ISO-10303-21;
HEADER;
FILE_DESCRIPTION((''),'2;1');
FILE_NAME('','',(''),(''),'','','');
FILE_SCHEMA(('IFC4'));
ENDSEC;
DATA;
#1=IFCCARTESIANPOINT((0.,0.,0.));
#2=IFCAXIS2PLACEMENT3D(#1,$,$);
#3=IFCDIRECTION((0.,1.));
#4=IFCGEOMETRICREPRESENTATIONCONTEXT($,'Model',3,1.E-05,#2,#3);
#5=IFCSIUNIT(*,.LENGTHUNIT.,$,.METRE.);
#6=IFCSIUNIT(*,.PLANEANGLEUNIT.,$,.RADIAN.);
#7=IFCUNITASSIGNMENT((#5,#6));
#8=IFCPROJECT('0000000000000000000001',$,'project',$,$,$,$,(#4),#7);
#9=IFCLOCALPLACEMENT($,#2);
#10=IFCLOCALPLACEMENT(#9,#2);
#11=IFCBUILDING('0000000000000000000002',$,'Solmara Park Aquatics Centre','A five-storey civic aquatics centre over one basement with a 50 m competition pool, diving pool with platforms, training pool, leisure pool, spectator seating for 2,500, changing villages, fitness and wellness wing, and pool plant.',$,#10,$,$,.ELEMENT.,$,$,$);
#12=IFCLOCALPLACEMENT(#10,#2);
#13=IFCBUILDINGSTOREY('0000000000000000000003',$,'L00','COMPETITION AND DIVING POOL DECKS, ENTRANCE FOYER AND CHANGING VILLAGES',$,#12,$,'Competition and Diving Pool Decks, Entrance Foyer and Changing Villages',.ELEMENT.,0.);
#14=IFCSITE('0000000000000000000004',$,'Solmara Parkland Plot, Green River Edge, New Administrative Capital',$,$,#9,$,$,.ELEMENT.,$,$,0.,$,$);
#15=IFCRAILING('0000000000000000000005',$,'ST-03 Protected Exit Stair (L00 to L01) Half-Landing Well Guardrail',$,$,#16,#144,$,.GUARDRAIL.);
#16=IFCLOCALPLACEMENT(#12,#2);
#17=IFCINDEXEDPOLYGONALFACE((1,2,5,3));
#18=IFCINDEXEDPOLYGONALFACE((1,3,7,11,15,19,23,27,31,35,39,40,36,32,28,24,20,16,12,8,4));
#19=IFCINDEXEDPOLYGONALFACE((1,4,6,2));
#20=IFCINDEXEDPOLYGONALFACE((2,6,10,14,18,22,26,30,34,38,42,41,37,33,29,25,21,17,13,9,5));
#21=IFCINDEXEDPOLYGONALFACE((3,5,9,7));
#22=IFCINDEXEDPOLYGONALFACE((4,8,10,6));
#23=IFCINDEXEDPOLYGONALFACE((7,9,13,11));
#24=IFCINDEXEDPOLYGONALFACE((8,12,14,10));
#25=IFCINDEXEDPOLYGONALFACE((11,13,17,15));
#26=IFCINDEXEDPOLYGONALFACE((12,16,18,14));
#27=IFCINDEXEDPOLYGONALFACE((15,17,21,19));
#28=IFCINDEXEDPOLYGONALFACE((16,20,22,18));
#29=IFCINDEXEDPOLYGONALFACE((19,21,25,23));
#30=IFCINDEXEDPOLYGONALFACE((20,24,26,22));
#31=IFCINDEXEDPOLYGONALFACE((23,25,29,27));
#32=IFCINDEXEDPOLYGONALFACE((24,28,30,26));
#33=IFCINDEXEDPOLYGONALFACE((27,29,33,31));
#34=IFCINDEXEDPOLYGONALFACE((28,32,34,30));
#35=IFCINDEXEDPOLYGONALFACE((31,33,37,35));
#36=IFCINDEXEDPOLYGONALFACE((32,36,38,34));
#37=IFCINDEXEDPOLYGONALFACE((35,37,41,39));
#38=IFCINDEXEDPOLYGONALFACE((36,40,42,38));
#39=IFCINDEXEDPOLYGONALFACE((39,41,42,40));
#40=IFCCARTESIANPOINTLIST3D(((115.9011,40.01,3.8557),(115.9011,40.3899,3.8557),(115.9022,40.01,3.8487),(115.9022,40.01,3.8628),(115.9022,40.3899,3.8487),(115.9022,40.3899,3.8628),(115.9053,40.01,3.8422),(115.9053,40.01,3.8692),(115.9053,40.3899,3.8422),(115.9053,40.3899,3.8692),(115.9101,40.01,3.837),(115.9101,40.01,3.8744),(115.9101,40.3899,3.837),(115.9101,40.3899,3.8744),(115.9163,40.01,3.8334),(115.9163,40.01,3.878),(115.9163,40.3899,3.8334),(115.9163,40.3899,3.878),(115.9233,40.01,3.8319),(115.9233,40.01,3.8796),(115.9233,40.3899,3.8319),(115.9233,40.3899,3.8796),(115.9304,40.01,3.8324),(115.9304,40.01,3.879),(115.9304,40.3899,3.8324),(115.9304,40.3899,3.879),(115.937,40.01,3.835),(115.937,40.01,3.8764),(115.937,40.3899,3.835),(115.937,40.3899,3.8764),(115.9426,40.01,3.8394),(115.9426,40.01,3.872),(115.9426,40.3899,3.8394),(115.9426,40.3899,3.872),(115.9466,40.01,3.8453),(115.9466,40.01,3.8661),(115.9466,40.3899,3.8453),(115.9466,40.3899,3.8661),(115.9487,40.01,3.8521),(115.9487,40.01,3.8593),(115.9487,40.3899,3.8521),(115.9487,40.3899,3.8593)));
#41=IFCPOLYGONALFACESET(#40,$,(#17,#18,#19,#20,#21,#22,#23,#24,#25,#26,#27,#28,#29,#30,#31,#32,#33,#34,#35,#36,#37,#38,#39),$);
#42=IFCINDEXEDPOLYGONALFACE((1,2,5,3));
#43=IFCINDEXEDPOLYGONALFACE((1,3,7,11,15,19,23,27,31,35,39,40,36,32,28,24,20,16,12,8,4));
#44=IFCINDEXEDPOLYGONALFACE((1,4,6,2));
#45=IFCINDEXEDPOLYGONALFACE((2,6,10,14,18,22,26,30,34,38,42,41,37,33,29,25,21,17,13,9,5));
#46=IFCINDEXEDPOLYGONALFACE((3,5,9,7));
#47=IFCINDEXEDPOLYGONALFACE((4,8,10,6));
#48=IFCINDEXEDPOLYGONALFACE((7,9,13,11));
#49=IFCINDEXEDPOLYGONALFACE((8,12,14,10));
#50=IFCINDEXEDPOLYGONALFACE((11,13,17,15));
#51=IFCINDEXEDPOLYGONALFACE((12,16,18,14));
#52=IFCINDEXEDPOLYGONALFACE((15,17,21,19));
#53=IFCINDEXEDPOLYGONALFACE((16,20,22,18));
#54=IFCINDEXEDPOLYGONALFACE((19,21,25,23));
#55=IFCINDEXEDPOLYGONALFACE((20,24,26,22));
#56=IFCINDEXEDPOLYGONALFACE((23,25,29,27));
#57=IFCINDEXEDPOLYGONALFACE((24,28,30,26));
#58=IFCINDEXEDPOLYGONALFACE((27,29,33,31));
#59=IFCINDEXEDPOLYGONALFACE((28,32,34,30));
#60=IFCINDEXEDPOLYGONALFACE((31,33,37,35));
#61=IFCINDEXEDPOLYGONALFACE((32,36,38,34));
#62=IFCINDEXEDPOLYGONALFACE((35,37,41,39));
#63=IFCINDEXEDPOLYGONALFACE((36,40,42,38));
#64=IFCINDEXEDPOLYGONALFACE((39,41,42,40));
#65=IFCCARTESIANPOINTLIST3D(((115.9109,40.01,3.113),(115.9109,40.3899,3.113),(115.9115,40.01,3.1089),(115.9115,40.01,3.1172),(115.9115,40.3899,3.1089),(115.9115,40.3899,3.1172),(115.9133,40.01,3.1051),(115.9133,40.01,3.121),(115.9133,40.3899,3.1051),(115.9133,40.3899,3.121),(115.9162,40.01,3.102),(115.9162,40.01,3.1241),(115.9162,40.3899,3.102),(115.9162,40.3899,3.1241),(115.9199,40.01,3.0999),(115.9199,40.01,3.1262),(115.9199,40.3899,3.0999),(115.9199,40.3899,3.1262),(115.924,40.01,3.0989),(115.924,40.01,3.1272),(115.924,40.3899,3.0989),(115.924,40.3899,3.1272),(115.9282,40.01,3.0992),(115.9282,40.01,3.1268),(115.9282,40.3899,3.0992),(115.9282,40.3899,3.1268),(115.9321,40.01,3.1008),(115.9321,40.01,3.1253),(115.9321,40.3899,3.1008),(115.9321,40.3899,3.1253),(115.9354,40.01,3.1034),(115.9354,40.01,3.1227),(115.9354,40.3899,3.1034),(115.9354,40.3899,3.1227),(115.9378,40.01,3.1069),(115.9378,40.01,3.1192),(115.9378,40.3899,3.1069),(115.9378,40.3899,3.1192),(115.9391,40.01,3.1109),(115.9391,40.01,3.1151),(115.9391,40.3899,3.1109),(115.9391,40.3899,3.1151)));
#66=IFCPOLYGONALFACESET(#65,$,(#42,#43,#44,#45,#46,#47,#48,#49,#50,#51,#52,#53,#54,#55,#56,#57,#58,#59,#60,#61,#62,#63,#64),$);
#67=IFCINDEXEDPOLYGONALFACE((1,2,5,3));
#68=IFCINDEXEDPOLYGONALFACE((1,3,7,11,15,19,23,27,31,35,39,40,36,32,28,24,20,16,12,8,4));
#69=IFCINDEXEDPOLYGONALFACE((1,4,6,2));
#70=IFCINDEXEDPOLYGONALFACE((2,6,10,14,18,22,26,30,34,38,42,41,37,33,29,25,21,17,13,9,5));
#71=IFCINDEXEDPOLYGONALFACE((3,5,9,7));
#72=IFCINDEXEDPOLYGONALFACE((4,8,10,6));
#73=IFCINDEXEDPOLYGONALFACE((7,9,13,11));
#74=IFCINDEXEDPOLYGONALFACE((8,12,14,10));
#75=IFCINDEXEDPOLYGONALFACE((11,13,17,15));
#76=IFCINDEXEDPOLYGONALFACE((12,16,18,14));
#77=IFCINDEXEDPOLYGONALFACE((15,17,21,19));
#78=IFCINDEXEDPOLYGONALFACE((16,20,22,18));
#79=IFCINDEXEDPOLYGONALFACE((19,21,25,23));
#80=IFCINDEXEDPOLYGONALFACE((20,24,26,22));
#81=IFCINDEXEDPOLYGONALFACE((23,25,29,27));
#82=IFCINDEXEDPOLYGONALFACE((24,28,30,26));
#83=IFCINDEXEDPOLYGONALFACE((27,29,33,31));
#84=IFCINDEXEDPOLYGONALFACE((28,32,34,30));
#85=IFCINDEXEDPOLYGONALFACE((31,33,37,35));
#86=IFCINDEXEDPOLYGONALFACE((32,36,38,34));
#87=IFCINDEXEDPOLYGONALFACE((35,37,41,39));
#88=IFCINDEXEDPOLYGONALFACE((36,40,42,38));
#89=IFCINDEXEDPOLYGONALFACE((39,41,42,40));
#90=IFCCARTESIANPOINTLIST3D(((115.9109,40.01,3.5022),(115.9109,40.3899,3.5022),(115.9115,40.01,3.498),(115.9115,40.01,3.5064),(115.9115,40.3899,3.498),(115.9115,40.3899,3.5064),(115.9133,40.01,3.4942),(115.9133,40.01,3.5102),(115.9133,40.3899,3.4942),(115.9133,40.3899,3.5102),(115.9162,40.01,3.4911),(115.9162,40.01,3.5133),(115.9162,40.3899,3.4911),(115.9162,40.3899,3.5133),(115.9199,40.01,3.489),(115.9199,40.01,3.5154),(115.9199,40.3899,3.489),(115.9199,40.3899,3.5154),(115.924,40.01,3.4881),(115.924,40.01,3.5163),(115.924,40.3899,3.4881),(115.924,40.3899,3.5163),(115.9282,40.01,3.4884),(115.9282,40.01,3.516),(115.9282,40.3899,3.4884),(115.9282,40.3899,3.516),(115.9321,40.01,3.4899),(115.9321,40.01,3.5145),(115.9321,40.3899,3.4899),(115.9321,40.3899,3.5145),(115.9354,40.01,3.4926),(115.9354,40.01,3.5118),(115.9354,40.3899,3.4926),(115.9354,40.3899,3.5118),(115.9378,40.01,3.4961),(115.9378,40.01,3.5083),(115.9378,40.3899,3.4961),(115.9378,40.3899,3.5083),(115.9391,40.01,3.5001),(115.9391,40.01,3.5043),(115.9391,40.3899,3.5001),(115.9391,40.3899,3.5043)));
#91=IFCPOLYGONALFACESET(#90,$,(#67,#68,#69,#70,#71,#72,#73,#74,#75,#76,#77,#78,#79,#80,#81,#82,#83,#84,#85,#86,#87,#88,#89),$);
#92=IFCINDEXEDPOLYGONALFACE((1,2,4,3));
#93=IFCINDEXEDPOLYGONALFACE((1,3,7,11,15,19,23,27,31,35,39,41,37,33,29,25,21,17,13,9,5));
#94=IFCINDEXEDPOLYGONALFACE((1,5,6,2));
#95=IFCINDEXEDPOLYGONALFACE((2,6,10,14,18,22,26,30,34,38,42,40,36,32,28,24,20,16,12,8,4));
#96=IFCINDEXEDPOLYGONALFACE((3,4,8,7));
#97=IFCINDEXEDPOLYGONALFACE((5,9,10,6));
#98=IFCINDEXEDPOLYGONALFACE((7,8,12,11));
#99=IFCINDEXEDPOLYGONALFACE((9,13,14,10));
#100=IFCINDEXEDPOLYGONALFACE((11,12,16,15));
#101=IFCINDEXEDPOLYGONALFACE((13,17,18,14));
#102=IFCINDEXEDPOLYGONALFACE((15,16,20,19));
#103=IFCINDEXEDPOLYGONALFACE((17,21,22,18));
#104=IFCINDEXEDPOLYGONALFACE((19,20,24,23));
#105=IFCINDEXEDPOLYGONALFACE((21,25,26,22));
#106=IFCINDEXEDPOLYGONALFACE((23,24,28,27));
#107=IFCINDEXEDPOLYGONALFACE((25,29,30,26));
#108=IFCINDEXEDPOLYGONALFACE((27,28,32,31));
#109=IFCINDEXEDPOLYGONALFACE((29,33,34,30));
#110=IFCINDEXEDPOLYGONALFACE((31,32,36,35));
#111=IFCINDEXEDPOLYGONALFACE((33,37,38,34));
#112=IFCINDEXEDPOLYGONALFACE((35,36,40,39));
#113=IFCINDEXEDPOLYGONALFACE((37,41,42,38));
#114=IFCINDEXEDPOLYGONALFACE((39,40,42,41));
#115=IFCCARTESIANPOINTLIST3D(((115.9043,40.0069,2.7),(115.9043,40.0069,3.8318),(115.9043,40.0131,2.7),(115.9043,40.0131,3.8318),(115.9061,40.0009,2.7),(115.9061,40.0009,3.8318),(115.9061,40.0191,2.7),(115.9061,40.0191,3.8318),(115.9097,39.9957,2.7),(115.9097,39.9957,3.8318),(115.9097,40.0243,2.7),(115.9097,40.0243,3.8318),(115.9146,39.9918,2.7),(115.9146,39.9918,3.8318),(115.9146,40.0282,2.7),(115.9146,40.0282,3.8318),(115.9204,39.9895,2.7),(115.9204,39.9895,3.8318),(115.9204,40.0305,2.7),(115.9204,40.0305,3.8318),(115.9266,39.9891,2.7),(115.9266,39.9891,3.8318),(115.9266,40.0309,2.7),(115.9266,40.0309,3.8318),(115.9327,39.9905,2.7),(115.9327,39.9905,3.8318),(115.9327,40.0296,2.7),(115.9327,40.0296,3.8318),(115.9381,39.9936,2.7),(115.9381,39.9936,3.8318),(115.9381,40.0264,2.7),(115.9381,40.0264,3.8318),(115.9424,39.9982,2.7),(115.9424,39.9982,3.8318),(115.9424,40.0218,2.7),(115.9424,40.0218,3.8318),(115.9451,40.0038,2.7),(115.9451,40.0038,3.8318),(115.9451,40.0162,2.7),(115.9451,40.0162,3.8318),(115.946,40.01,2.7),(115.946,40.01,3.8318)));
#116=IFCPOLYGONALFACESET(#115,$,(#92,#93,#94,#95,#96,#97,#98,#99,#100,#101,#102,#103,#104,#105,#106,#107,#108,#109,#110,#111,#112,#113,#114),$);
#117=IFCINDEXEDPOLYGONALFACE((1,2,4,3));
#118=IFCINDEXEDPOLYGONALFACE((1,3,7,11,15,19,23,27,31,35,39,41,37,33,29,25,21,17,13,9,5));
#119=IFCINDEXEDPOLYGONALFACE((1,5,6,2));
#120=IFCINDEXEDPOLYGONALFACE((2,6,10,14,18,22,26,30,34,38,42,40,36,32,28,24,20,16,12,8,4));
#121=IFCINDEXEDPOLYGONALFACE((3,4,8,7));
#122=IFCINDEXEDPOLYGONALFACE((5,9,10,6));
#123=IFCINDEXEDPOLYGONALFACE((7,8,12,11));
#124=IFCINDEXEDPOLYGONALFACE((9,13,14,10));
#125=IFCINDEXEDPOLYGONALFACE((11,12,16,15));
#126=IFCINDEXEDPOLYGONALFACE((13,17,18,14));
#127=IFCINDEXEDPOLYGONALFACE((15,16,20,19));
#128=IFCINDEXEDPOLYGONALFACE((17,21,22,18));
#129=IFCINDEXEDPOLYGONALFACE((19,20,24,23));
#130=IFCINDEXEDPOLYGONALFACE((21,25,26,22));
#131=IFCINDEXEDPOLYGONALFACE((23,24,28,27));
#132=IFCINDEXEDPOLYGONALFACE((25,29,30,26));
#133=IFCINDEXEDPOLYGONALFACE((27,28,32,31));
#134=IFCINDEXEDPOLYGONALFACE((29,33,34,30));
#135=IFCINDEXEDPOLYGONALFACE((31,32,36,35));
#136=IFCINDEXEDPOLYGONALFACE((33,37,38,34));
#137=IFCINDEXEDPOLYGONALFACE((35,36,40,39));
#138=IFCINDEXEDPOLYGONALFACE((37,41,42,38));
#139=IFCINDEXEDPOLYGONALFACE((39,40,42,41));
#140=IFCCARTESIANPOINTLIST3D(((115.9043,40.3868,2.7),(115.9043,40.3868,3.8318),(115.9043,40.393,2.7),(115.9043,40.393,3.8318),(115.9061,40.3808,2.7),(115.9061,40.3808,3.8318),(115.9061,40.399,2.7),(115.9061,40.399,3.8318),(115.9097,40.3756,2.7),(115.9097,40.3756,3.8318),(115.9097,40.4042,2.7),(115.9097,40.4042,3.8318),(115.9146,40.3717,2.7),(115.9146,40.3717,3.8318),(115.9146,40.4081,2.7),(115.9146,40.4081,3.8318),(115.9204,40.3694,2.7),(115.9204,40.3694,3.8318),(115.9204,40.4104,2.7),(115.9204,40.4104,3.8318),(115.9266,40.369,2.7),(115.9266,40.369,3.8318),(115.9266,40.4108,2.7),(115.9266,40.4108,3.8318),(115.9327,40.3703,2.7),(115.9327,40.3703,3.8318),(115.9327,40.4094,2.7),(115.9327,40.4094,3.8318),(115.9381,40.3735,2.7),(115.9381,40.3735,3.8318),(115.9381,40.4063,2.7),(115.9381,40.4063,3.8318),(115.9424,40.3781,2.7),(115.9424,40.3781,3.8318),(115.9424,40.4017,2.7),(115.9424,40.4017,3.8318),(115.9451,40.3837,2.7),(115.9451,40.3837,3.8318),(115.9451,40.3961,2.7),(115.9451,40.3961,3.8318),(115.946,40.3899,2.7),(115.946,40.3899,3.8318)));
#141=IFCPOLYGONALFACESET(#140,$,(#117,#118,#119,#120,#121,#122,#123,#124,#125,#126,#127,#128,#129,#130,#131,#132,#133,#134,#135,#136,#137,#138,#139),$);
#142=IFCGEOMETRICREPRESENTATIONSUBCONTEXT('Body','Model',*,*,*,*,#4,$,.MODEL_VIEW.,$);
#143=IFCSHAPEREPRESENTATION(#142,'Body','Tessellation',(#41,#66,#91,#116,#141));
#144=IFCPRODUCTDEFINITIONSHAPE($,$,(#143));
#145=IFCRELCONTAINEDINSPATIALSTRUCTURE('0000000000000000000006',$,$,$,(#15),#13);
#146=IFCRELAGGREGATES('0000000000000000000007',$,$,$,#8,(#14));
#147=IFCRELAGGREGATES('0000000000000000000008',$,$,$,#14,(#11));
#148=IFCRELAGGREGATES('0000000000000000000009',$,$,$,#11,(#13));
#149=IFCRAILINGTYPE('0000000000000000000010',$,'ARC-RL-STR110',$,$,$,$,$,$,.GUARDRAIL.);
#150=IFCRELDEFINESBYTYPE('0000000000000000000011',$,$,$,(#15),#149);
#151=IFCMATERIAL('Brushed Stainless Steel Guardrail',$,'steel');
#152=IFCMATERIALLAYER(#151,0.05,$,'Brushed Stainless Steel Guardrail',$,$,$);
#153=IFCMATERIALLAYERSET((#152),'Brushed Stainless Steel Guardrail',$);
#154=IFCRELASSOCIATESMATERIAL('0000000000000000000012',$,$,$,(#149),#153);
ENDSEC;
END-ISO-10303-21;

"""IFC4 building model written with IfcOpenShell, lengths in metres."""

from ifc_helpers import new_model, si_unit, direction, frame, origin, origin_2d, place, context, subcontext, project, spatial, circle, extrude, material, layer, layer_set, type_object, element, save


model = new_model("IFC4")

# Units and contexts
model_context = context("Model", 3, precision=1e-05, world=origin(), true_north=direction((0.0, 1.0)))
body_context = subcontext(model_context, "Body", "Model", "MODEL_VIEW")
ifc_project = project(units=[si_unit("LENGTHUNIT", "METRE"), si_unit("PLANEANGLEUNIT", "RADIAN")], contexts=[model_context])

# Site, building, storey
site_placement = place(None, origin())
site = spatial("IfcSite", under=ifc_project, at=site_placement, Name="Solmara Parkland Plot, Green River Edge, New Administrative Capital", CompositionType="ELEMENT", RefElevation=0.0)
building_placement = place(site_placement, origin())
building = spatial("IfcBuilding", under=site, at=building_placement, Name="Solmara Park Aquatics Centre", Description="A five-storey civic aquatics centre over one basement with a 50 m competition pool, diving pool with platforms, training pool, leisure pool, spectator seating for 2,500, changing villages, fitness and wellness wing, and pool plant.", CompositionType="ELEMENT")
storey_placement = place(building_placement, origin())
storey = spatial("IfcBuildingStorey", under=building, at=storey_placement, Name="L00", Description="COMPETITION AND DIVING POOL DECKS, ENTRANCE FOYER AND CHANGING VILLAGES", LongName="Competition and Diving Pool Decks, Entrance Foyer and Changing Villages", CompositionType="ELEMENT", Elevation=0.0)

# Railing
ifc_material_1 = material(Name="Brushed Stainless Steel Guardrail", Category="steel")
ifc_layer_1 = layer(ifc_material_1, 0.05, Name="Brushed Stainless Steel Guardrail")
ifc_layer_set_1 = layer_set([ifc_layer_1], Name="Brushed Stainless Steel Guardrail")
railing_type_1 = type_object("IfcRailingType", Name="ARC-RL-STR110", PredefinedType="GUARDRAIL", material=ifc_layer_set_1)
railing_1_placement = place(storey_placement, frame((115.925, 40.01, 2.7)))
element("IfcRailing", 1, at=railing_1_placement, inside=storey, type_object=railing_type_1, Name="ST-03 Protected Exit Stair (L00 to L01) Half-Landing Well Guardrail", PredefinedType="GUARDRAIL", context=body_context, shape_type="SweptSolid", body=[
    extrude(circle(Radius=0.0239, at=origin_2d()), frame((0.0, 0.0, 1.1558), z_axis=(0.0, 1.0, 0.0), x_axis=(-1.0, 0.0, 0.0)), (0.0, 0.0, 1.0), 0.3799),
    extrude(circle(Radius=0.0142, at=origin_2d()), frame((0.0, 0.0, 0.4131), z_axis=(0.0, 1.0, 0.0), x_axis=(-1.0, 0.0, 0.0)), (0.0, 0.0, 1.0), 0.3799),
    extrude(circle(Radius=0.0142, at=origin_2d()), frame((0.0, 0.0, 0.8022), z_axis=(0.0, 1.0, 0.0), x_axis=(-1.0, 0.0, 0.0)), (0.0, 0.0, 1.0), 0.3799),
    extrude(circle(Radius=0.021, at=origin_2d()), origin(), (0.0, 0.0, 1.0), 1.1318),
    extrude(circle(Radius=0.021, at=origin_2d()), frame((0.0, 0.3799, 0.0)), (0.0, 0.0, 1.0), 1.1318),
])

save(model, "model.ifc")
